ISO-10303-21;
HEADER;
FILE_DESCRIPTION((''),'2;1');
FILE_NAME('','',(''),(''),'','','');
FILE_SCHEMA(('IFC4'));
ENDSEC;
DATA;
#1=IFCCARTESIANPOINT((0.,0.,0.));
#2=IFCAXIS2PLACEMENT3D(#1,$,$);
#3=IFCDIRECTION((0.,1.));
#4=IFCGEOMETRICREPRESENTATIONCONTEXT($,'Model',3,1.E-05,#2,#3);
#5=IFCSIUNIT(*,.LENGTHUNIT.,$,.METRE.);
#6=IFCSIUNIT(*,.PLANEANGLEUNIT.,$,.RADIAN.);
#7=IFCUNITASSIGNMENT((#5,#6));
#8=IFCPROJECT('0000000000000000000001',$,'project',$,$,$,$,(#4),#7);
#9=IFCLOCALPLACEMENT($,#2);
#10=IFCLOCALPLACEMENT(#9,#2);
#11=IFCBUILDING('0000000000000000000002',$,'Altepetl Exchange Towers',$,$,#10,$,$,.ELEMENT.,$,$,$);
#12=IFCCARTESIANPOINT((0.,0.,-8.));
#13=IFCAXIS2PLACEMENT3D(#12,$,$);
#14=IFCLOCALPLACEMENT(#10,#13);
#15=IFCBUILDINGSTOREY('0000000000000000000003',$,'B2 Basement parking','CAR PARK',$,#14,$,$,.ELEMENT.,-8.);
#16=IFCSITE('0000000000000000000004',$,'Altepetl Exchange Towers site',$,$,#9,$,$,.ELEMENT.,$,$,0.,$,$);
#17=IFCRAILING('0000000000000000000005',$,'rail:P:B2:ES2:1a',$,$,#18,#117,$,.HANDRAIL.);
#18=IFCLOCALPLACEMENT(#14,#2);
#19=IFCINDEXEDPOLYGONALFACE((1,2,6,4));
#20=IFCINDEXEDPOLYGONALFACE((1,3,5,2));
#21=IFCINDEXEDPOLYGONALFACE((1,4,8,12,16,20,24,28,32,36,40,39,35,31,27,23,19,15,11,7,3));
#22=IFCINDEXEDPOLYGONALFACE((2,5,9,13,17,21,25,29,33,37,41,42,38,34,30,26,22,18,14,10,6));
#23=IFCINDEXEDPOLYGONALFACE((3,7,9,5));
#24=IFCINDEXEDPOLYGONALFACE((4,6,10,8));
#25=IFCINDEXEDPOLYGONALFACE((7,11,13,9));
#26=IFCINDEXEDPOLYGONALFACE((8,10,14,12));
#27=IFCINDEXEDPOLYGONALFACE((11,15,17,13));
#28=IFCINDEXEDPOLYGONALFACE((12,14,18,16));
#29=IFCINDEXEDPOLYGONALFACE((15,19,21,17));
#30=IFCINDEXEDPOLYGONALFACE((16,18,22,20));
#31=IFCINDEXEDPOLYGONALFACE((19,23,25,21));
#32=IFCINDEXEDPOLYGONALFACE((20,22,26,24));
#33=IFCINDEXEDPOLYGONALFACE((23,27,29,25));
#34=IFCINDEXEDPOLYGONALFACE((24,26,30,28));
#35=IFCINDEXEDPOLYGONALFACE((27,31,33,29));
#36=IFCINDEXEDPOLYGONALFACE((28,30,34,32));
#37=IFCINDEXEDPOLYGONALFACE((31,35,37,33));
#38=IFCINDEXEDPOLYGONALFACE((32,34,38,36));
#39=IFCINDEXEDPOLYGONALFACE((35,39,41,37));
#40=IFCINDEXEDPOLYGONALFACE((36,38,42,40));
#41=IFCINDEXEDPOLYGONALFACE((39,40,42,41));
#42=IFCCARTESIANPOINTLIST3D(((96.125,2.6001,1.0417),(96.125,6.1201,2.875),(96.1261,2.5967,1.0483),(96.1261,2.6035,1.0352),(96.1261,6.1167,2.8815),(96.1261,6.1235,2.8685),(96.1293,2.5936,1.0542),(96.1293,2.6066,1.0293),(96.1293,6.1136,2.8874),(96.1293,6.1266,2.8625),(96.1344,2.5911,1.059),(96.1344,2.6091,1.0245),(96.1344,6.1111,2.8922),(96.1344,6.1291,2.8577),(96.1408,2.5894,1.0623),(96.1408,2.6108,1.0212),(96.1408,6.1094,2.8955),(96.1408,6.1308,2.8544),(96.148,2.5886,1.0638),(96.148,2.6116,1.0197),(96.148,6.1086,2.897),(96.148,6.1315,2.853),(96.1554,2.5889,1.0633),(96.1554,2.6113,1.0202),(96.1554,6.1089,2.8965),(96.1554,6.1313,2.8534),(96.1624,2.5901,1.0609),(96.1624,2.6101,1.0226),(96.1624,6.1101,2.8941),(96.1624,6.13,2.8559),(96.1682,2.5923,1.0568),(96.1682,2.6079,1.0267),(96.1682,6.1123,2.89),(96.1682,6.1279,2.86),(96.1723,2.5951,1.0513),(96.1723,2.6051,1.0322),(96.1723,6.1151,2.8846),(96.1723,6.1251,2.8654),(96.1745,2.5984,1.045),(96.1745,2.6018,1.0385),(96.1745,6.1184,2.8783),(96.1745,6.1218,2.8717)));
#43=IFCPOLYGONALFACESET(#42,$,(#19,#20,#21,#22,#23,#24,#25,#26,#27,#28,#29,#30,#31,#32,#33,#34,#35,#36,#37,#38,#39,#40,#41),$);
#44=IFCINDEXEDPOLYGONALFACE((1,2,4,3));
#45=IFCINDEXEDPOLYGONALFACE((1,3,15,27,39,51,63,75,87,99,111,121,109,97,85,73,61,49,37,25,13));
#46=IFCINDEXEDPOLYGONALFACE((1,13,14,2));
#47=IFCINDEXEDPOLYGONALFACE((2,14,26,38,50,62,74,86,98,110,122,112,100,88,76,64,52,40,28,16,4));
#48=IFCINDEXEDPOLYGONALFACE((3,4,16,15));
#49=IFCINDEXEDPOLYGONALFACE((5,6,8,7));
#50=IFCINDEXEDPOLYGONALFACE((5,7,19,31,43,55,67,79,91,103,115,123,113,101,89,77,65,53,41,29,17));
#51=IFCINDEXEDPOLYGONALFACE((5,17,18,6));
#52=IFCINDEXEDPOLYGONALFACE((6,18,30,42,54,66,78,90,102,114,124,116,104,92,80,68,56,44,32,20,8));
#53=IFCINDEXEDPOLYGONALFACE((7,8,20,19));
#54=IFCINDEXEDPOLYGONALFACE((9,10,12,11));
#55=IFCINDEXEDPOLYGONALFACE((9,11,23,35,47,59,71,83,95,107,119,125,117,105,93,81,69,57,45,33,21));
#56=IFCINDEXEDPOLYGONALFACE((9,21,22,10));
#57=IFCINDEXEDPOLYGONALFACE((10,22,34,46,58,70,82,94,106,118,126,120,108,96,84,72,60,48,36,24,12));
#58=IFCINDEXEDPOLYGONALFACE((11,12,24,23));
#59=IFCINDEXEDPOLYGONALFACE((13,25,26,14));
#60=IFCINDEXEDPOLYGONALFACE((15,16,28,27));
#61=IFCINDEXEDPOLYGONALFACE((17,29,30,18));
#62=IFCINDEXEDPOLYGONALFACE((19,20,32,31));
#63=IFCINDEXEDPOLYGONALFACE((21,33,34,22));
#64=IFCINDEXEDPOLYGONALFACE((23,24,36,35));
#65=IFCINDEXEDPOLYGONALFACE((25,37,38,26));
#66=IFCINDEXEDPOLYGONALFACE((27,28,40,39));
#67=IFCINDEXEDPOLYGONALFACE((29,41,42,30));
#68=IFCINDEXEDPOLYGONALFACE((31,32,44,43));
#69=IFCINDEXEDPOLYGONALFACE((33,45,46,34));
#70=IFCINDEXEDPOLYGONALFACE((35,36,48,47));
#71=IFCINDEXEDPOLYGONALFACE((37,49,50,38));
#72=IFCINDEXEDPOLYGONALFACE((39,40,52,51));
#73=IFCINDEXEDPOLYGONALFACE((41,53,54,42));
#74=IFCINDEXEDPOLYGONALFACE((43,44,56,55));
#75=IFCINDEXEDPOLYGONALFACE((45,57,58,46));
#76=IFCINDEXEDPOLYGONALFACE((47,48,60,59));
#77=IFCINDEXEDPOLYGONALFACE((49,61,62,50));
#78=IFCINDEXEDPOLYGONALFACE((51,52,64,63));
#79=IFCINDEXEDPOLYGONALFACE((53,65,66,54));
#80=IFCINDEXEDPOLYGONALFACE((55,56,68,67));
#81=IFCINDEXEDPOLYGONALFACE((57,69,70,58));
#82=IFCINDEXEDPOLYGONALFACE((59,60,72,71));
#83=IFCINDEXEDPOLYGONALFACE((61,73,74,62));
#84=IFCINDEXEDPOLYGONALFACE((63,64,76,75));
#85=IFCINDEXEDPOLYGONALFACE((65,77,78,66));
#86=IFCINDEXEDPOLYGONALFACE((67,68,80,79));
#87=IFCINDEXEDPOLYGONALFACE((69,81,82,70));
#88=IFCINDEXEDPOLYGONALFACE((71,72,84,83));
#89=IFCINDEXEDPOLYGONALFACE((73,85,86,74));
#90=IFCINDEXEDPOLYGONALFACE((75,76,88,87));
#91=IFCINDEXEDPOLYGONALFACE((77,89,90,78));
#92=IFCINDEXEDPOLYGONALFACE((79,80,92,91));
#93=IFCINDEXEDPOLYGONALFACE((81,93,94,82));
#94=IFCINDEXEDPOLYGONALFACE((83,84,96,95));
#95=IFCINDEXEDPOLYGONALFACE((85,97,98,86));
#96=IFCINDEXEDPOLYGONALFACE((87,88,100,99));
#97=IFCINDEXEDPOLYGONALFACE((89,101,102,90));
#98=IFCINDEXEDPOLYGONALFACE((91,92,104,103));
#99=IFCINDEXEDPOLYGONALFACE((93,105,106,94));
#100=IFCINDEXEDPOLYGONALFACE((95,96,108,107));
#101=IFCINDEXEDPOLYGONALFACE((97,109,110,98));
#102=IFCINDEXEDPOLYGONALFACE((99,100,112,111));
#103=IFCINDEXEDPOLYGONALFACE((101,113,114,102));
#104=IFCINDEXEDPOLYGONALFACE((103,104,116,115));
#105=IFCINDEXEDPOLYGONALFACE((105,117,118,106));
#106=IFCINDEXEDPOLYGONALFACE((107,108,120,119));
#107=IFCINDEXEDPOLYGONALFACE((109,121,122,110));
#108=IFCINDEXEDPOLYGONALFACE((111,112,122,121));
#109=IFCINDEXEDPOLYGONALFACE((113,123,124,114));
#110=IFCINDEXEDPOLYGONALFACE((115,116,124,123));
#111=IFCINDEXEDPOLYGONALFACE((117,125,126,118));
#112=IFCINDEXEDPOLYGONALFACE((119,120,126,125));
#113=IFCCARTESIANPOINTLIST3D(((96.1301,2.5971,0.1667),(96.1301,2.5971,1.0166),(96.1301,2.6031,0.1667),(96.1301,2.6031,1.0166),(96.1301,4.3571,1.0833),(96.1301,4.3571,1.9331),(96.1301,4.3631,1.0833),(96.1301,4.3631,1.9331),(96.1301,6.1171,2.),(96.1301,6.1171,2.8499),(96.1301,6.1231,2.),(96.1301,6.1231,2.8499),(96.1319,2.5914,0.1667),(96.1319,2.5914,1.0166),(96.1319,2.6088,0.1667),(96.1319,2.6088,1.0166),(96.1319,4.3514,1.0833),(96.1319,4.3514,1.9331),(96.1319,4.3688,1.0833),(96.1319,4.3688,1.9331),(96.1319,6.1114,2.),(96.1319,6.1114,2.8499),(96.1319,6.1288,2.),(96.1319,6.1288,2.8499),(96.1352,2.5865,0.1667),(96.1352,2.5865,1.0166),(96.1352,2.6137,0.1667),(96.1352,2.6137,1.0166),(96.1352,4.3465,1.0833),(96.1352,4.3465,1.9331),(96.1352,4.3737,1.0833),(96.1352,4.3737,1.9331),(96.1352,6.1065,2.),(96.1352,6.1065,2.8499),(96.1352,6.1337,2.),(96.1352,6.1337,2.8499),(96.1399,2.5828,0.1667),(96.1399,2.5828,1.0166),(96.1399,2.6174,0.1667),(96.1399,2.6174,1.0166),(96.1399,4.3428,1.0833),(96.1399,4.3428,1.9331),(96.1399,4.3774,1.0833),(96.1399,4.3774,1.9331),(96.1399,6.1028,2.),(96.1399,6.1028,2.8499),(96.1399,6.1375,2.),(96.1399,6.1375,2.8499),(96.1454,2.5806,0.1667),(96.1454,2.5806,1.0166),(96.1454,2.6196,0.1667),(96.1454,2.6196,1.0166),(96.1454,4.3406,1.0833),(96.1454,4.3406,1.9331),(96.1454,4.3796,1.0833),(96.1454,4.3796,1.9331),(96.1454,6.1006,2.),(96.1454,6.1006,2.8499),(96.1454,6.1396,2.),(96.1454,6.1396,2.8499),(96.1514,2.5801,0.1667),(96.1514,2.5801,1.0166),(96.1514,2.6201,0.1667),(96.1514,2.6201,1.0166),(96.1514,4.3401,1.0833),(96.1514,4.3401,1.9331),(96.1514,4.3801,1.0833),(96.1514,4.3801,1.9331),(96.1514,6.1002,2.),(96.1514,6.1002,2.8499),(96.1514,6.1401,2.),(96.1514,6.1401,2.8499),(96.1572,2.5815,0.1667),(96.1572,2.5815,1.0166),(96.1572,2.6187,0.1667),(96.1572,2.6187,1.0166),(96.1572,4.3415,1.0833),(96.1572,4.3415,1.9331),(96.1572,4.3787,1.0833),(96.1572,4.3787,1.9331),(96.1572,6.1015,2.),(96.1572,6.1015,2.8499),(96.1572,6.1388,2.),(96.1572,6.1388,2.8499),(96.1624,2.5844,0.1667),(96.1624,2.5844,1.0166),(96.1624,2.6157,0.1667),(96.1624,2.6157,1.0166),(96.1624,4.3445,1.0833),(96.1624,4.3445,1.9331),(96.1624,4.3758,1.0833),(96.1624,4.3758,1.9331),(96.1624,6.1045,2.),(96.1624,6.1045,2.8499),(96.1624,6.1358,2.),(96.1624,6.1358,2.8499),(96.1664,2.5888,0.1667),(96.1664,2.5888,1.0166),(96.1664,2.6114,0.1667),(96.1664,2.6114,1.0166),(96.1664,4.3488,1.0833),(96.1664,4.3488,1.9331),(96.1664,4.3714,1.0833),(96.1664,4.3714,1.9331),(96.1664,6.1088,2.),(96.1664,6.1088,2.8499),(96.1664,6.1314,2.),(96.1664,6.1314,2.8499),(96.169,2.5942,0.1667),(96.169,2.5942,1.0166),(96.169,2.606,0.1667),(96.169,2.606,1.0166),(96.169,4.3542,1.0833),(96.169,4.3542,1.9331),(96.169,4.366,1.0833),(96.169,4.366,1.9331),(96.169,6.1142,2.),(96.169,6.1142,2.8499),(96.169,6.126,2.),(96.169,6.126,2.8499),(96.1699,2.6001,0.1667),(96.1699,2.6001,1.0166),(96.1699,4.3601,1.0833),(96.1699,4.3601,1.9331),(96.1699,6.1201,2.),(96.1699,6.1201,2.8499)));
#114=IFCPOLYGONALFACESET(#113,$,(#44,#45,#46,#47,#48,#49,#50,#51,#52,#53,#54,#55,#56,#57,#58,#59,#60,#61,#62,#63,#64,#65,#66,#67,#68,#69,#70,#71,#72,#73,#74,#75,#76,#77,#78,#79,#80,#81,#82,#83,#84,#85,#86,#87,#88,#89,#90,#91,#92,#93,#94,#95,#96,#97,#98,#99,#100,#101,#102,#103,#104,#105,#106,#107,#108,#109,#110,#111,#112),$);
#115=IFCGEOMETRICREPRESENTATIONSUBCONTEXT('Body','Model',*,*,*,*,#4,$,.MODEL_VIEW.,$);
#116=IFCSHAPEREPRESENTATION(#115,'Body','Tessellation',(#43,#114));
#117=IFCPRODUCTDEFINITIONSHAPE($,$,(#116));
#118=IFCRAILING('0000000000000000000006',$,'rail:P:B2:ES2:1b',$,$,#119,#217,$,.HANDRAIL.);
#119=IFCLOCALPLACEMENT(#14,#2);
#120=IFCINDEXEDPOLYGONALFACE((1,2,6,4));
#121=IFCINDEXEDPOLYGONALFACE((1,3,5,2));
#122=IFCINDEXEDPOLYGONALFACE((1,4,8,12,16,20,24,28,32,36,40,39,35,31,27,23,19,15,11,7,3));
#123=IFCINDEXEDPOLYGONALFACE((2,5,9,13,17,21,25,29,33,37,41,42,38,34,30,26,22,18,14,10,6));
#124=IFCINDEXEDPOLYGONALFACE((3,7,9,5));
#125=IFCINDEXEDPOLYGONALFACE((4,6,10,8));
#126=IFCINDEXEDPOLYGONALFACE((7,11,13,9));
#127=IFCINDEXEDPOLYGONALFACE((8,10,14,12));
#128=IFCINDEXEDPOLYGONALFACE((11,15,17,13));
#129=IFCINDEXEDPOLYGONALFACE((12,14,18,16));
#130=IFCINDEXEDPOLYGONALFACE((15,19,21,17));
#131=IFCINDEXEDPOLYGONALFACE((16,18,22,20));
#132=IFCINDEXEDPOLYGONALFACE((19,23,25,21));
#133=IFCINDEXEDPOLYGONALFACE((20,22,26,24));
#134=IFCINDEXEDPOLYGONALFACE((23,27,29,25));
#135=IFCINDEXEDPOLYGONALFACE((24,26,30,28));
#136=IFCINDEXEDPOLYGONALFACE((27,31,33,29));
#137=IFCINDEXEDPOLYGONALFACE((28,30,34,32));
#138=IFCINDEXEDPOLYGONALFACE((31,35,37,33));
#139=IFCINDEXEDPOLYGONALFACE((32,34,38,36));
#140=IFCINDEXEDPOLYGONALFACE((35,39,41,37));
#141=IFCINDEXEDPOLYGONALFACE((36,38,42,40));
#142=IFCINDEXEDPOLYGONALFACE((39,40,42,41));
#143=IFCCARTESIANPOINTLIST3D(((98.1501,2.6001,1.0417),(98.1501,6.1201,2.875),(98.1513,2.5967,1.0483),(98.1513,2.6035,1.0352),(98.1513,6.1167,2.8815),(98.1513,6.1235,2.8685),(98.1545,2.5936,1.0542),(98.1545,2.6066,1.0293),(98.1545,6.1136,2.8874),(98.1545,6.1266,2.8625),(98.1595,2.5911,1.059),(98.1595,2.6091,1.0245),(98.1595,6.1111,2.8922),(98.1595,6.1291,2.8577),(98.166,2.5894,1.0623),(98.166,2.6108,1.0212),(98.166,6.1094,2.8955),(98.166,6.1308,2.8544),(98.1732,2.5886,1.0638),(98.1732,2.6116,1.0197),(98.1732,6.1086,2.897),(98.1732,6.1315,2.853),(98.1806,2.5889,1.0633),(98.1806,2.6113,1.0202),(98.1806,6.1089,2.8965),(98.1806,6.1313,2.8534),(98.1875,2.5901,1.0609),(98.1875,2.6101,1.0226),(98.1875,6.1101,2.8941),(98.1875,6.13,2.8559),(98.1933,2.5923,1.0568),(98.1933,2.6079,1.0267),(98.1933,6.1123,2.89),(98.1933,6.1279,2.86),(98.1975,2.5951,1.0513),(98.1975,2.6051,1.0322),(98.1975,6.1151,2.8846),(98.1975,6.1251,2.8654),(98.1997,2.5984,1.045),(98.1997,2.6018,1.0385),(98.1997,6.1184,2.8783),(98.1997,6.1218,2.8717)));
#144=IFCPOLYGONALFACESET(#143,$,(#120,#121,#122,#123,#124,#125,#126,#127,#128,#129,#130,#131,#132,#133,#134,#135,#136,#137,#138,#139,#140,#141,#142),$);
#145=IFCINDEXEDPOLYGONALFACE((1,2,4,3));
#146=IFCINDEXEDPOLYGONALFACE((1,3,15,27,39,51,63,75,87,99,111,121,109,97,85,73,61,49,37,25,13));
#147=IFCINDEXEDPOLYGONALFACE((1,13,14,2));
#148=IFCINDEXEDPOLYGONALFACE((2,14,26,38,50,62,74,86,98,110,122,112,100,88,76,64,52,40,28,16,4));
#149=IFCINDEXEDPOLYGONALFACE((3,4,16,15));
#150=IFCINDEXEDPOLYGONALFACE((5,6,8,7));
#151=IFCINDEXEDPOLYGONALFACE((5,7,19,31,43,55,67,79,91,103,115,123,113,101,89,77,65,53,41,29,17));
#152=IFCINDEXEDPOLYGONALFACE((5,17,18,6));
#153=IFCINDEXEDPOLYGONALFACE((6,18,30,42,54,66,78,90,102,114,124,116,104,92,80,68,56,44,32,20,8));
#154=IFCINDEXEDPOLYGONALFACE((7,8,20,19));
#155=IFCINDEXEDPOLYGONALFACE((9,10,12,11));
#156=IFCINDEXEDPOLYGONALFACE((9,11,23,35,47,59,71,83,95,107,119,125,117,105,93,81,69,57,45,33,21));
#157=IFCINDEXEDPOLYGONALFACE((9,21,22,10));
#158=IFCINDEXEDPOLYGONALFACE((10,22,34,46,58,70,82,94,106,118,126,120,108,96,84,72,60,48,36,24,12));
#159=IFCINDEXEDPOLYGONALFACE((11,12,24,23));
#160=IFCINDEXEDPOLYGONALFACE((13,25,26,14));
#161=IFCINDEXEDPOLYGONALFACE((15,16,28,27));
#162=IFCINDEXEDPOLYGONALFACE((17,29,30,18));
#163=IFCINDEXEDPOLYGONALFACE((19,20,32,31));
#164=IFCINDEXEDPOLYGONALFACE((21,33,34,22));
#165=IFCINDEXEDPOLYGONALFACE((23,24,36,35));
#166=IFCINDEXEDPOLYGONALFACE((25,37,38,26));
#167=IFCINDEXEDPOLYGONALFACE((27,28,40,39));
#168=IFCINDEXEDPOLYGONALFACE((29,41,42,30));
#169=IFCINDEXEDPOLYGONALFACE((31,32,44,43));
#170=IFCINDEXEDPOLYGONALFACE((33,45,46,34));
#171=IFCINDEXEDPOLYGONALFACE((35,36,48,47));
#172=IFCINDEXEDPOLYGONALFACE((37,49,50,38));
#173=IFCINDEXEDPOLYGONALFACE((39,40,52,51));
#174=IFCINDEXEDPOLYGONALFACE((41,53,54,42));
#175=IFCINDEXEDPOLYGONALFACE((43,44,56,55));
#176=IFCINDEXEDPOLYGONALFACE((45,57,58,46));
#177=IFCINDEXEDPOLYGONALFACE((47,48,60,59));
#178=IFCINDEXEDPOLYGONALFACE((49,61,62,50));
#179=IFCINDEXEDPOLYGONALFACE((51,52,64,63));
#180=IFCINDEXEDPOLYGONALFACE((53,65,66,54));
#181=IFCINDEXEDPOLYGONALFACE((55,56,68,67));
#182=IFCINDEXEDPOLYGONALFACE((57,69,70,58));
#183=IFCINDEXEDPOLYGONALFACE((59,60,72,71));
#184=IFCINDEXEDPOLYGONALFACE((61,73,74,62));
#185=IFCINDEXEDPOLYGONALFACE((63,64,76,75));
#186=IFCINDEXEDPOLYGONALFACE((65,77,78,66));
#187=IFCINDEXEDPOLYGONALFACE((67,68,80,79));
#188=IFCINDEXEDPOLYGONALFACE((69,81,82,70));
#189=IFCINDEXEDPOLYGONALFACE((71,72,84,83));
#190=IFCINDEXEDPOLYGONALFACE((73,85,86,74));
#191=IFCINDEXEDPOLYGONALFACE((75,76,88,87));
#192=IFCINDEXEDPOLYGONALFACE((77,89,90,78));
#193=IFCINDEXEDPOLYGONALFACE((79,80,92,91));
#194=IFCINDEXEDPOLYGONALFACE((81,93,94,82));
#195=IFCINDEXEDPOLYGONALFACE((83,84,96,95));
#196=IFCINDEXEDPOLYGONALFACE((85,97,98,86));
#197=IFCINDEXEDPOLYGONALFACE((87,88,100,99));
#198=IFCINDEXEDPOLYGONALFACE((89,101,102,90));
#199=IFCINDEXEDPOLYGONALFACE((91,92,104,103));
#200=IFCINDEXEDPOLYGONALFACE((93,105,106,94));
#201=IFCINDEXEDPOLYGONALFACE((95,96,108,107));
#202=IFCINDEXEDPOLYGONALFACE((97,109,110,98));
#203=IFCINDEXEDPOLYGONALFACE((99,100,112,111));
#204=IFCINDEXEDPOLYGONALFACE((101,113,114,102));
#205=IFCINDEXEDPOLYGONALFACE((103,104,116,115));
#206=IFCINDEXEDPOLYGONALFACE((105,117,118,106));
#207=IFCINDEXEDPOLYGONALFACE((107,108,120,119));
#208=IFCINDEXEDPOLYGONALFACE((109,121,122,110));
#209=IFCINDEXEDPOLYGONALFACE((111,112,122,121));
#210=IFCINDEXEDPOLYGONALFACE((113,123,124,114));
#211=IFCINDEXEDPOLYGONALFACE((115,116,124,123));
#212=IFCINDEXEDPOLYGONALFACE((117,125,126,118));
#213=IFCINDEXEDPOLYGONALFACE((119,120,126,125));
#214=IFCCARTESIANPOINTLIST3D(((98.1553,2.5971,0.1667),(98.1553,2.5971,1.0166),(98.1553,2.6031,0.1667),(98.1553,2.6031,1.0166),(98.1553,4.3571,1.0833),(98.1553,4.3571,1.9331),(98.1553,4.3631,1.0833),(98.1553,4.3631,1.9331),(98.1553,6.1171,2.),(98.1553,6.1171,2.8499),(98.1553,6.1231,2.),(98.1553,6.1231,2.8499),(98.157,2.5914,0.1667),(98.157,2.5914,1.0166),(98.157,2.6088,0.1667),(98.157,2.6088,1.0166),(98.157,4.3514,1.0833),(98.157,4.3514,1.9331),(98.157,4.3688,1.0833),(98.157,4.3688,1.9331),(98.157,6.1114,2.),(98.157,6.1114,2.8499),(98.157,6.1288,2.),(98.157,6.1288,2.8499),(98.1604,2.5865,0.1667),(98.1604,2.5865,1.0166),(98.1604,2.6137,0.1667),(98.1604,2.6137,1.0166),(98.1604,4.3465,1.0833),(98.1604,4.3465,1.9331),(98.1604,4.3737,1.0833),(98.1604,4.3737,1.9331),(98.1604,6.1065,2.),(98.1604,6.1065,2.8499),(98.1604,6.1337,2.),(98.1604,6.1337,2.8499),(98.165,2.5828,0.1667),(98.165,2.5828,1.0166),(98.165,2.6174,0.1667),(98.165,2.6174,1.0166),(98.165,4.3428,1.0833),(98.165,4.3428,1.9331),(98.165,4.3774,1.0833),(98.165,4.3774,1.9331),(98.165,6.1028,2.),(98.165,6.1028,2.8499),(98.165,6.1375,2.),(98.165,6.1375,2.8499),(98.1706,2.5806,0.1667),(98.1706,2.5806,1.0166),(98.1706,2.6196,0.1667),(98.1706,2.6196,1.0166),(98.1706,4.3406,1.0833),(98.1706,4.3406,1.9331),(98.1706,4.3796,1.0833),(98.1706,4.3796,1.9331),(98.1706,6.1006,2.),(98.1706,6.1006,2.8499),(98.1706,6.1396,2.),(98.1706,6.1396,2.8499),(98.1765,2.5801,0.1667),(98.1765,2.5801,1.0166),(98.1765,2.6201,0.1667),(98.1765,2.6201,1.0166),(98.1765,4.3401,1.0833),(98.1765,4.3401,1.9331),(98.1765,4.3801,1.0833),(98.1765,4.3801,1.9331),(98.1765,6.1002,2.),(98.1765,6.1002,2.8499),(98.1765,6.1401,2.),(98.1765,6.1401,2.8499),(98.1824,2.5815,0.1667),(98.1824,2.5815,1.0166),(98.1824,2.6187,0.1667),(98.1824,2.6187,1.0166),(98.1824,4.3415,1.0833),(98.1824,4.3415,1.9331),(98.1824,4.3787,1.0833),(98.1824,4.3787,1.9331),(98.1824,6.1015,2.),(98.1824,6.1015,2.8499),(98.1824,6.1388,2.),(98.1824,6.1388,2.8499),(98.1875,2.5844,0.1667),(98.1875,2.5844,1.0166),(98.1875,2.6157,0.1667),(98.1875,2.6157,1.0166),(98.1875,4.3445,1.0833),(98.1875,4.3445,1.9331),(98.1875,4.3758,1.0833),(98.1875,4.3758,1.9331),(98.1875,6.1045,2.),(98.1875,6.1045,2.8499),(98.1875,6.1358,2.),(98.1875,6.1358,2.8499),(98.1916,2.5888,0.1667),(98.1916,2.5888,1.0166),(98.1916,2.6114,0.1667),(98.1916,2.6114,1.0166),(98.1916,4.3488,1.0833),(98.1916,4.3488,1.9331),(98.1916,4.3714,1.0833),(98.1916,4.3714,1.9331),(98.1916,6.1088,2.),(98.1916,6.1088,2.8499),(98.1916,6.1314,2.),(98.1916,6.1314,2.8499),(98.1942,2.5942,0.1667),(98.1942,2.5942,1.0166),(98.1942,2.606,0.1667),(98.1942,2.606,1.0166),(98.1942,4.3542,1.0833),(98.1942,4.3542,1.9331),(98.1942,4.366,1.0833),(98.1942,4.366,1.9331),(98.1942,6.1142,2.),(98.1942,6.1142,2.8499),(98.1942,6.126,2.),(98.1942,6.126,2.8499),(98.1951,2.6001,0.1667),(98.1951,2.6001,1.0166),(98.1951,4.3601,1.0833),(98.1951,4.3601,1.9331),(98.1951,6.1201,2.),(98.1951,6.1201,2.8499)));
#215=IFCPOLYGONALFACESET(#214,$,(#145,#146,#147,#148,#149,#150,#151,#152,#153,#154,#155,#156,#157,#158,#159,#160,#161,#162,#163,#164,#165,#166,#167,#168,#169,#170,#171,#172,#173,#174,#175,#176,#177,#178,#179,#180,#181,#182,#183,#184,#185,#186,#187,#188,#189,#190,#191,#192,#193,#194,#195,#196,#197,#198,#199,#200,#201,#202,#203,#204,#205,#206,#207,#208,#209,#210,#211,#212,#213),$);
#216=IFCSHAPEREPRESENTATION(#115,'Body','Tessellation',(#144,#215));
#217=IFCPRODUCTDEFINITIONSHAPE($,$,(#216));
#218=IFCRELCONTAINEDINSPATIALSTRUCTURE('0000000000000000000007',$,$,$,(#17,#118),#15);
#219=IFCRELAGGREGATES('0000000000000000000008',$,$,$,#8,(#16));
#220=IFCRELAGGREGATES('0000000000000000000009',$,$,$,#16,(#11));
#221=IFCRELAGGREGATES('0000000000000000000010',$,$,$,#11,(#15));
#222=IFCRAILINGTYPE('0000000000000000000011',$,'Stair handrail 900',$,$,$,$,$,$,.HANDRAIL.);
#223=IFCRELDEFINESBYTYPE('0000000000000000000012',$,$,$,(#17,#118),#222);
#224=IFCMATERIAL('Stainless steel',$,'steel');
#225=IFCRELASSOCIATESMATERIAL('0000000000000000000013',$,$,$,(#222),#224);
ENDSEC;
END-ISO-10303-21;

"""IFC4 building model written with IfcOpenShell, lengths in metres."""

from ifc_helpers import new_model, si_unit, direction, frame, origin, origin_2d, place, context, subcontext, project, spatial, circle, extrude, source, transform, mapped, material, type_object, element, save


model = new_model("IFC4")

# Units and contexts
model_context = context("Model", 3, precision=1e-05, world=origin(), true_north=direction((0.0, 1.0)))
body_context = subcontext(model_context, "Body", "Model", "MODEL_VIEW")
ifc_project = project(units=[si_unit("LENGTHUNIT", "METRE"), si_unit("PLANEANGLEUNIT", "RADIAN")], contexts=[model_context])

# Site, building, storey
site_placement = place(None, origin())
site = spatial("IfcSite", under=ifc_project, at=site_placement, Name="Altepetl Exchange Towers site", CompositionType="ELEMENT", RefElevation=0.0)
building_placement = place(site_placement, origin())
building = spatial("IfcBuilding", under=site, at=building_placement, Name="Altepetl Exchange Towers", CompositionType="ELEMENT")
storey_placement = place(building_placement, frame((0.0, 0.0, -8.0)))
storey = spatial("IfcBuildingStorey", under=building, at=storey_placement, Name="B2 Basement parking", Description="CAR PARK", CompositionType="ELEMENT", Elevation=-8.0)

# Railings
ifc_material_1 = material(Name="Stainless steel", Category="steel")
railing_type_1 = type_object("IfcRailingType", Name="Stair handrail 900", PredefinedType="HANDRAIL", material=ifc_material_1)
shared_shape_1 = source(origin(), body_context, "Body", "SweptSolid", [
    extrude(circle(Radius=0.02, at=origin_2d()), origin(), (0.0, 0.0, 1.0), 0.8499),
])
for number, where, name in (
    (1, (96.1499, 2.6001, 0.1667), "rail:P:B2:ES2:1a"),
    (2, (98.175, 2.6001, 0.1667), "rail:P:B2:ES2:1b"),
):
    element("IfcRailing", number, at=place(storey_placement, frame(where)), inside=storey, type_object=railing_type_1, Name=name, PredefinedType="HANDRAIL", context=body_context, shape_type="SweptSolid", body=[
        extrude(circle(Radius=0.0249, at=origin_2d()), frame((0.0, 0.0, 0.875), z_axis=(0.0, 0.886924, 0.461916), x_axis=(-1.0, 0.0, 0.0)), (0.0, 0.0, 1.0), 3.9688),
        mapped(shared_shape_1, transform((0.0, 0.0, 0.0))),
        mapped(shared_shape_1, transform((0.0, 1.76, 0.9165))),
        mapped(shared_shape_1, transform((0.0, 3.52, 1.8333))),
    ])

save(model, "model.ifc")
